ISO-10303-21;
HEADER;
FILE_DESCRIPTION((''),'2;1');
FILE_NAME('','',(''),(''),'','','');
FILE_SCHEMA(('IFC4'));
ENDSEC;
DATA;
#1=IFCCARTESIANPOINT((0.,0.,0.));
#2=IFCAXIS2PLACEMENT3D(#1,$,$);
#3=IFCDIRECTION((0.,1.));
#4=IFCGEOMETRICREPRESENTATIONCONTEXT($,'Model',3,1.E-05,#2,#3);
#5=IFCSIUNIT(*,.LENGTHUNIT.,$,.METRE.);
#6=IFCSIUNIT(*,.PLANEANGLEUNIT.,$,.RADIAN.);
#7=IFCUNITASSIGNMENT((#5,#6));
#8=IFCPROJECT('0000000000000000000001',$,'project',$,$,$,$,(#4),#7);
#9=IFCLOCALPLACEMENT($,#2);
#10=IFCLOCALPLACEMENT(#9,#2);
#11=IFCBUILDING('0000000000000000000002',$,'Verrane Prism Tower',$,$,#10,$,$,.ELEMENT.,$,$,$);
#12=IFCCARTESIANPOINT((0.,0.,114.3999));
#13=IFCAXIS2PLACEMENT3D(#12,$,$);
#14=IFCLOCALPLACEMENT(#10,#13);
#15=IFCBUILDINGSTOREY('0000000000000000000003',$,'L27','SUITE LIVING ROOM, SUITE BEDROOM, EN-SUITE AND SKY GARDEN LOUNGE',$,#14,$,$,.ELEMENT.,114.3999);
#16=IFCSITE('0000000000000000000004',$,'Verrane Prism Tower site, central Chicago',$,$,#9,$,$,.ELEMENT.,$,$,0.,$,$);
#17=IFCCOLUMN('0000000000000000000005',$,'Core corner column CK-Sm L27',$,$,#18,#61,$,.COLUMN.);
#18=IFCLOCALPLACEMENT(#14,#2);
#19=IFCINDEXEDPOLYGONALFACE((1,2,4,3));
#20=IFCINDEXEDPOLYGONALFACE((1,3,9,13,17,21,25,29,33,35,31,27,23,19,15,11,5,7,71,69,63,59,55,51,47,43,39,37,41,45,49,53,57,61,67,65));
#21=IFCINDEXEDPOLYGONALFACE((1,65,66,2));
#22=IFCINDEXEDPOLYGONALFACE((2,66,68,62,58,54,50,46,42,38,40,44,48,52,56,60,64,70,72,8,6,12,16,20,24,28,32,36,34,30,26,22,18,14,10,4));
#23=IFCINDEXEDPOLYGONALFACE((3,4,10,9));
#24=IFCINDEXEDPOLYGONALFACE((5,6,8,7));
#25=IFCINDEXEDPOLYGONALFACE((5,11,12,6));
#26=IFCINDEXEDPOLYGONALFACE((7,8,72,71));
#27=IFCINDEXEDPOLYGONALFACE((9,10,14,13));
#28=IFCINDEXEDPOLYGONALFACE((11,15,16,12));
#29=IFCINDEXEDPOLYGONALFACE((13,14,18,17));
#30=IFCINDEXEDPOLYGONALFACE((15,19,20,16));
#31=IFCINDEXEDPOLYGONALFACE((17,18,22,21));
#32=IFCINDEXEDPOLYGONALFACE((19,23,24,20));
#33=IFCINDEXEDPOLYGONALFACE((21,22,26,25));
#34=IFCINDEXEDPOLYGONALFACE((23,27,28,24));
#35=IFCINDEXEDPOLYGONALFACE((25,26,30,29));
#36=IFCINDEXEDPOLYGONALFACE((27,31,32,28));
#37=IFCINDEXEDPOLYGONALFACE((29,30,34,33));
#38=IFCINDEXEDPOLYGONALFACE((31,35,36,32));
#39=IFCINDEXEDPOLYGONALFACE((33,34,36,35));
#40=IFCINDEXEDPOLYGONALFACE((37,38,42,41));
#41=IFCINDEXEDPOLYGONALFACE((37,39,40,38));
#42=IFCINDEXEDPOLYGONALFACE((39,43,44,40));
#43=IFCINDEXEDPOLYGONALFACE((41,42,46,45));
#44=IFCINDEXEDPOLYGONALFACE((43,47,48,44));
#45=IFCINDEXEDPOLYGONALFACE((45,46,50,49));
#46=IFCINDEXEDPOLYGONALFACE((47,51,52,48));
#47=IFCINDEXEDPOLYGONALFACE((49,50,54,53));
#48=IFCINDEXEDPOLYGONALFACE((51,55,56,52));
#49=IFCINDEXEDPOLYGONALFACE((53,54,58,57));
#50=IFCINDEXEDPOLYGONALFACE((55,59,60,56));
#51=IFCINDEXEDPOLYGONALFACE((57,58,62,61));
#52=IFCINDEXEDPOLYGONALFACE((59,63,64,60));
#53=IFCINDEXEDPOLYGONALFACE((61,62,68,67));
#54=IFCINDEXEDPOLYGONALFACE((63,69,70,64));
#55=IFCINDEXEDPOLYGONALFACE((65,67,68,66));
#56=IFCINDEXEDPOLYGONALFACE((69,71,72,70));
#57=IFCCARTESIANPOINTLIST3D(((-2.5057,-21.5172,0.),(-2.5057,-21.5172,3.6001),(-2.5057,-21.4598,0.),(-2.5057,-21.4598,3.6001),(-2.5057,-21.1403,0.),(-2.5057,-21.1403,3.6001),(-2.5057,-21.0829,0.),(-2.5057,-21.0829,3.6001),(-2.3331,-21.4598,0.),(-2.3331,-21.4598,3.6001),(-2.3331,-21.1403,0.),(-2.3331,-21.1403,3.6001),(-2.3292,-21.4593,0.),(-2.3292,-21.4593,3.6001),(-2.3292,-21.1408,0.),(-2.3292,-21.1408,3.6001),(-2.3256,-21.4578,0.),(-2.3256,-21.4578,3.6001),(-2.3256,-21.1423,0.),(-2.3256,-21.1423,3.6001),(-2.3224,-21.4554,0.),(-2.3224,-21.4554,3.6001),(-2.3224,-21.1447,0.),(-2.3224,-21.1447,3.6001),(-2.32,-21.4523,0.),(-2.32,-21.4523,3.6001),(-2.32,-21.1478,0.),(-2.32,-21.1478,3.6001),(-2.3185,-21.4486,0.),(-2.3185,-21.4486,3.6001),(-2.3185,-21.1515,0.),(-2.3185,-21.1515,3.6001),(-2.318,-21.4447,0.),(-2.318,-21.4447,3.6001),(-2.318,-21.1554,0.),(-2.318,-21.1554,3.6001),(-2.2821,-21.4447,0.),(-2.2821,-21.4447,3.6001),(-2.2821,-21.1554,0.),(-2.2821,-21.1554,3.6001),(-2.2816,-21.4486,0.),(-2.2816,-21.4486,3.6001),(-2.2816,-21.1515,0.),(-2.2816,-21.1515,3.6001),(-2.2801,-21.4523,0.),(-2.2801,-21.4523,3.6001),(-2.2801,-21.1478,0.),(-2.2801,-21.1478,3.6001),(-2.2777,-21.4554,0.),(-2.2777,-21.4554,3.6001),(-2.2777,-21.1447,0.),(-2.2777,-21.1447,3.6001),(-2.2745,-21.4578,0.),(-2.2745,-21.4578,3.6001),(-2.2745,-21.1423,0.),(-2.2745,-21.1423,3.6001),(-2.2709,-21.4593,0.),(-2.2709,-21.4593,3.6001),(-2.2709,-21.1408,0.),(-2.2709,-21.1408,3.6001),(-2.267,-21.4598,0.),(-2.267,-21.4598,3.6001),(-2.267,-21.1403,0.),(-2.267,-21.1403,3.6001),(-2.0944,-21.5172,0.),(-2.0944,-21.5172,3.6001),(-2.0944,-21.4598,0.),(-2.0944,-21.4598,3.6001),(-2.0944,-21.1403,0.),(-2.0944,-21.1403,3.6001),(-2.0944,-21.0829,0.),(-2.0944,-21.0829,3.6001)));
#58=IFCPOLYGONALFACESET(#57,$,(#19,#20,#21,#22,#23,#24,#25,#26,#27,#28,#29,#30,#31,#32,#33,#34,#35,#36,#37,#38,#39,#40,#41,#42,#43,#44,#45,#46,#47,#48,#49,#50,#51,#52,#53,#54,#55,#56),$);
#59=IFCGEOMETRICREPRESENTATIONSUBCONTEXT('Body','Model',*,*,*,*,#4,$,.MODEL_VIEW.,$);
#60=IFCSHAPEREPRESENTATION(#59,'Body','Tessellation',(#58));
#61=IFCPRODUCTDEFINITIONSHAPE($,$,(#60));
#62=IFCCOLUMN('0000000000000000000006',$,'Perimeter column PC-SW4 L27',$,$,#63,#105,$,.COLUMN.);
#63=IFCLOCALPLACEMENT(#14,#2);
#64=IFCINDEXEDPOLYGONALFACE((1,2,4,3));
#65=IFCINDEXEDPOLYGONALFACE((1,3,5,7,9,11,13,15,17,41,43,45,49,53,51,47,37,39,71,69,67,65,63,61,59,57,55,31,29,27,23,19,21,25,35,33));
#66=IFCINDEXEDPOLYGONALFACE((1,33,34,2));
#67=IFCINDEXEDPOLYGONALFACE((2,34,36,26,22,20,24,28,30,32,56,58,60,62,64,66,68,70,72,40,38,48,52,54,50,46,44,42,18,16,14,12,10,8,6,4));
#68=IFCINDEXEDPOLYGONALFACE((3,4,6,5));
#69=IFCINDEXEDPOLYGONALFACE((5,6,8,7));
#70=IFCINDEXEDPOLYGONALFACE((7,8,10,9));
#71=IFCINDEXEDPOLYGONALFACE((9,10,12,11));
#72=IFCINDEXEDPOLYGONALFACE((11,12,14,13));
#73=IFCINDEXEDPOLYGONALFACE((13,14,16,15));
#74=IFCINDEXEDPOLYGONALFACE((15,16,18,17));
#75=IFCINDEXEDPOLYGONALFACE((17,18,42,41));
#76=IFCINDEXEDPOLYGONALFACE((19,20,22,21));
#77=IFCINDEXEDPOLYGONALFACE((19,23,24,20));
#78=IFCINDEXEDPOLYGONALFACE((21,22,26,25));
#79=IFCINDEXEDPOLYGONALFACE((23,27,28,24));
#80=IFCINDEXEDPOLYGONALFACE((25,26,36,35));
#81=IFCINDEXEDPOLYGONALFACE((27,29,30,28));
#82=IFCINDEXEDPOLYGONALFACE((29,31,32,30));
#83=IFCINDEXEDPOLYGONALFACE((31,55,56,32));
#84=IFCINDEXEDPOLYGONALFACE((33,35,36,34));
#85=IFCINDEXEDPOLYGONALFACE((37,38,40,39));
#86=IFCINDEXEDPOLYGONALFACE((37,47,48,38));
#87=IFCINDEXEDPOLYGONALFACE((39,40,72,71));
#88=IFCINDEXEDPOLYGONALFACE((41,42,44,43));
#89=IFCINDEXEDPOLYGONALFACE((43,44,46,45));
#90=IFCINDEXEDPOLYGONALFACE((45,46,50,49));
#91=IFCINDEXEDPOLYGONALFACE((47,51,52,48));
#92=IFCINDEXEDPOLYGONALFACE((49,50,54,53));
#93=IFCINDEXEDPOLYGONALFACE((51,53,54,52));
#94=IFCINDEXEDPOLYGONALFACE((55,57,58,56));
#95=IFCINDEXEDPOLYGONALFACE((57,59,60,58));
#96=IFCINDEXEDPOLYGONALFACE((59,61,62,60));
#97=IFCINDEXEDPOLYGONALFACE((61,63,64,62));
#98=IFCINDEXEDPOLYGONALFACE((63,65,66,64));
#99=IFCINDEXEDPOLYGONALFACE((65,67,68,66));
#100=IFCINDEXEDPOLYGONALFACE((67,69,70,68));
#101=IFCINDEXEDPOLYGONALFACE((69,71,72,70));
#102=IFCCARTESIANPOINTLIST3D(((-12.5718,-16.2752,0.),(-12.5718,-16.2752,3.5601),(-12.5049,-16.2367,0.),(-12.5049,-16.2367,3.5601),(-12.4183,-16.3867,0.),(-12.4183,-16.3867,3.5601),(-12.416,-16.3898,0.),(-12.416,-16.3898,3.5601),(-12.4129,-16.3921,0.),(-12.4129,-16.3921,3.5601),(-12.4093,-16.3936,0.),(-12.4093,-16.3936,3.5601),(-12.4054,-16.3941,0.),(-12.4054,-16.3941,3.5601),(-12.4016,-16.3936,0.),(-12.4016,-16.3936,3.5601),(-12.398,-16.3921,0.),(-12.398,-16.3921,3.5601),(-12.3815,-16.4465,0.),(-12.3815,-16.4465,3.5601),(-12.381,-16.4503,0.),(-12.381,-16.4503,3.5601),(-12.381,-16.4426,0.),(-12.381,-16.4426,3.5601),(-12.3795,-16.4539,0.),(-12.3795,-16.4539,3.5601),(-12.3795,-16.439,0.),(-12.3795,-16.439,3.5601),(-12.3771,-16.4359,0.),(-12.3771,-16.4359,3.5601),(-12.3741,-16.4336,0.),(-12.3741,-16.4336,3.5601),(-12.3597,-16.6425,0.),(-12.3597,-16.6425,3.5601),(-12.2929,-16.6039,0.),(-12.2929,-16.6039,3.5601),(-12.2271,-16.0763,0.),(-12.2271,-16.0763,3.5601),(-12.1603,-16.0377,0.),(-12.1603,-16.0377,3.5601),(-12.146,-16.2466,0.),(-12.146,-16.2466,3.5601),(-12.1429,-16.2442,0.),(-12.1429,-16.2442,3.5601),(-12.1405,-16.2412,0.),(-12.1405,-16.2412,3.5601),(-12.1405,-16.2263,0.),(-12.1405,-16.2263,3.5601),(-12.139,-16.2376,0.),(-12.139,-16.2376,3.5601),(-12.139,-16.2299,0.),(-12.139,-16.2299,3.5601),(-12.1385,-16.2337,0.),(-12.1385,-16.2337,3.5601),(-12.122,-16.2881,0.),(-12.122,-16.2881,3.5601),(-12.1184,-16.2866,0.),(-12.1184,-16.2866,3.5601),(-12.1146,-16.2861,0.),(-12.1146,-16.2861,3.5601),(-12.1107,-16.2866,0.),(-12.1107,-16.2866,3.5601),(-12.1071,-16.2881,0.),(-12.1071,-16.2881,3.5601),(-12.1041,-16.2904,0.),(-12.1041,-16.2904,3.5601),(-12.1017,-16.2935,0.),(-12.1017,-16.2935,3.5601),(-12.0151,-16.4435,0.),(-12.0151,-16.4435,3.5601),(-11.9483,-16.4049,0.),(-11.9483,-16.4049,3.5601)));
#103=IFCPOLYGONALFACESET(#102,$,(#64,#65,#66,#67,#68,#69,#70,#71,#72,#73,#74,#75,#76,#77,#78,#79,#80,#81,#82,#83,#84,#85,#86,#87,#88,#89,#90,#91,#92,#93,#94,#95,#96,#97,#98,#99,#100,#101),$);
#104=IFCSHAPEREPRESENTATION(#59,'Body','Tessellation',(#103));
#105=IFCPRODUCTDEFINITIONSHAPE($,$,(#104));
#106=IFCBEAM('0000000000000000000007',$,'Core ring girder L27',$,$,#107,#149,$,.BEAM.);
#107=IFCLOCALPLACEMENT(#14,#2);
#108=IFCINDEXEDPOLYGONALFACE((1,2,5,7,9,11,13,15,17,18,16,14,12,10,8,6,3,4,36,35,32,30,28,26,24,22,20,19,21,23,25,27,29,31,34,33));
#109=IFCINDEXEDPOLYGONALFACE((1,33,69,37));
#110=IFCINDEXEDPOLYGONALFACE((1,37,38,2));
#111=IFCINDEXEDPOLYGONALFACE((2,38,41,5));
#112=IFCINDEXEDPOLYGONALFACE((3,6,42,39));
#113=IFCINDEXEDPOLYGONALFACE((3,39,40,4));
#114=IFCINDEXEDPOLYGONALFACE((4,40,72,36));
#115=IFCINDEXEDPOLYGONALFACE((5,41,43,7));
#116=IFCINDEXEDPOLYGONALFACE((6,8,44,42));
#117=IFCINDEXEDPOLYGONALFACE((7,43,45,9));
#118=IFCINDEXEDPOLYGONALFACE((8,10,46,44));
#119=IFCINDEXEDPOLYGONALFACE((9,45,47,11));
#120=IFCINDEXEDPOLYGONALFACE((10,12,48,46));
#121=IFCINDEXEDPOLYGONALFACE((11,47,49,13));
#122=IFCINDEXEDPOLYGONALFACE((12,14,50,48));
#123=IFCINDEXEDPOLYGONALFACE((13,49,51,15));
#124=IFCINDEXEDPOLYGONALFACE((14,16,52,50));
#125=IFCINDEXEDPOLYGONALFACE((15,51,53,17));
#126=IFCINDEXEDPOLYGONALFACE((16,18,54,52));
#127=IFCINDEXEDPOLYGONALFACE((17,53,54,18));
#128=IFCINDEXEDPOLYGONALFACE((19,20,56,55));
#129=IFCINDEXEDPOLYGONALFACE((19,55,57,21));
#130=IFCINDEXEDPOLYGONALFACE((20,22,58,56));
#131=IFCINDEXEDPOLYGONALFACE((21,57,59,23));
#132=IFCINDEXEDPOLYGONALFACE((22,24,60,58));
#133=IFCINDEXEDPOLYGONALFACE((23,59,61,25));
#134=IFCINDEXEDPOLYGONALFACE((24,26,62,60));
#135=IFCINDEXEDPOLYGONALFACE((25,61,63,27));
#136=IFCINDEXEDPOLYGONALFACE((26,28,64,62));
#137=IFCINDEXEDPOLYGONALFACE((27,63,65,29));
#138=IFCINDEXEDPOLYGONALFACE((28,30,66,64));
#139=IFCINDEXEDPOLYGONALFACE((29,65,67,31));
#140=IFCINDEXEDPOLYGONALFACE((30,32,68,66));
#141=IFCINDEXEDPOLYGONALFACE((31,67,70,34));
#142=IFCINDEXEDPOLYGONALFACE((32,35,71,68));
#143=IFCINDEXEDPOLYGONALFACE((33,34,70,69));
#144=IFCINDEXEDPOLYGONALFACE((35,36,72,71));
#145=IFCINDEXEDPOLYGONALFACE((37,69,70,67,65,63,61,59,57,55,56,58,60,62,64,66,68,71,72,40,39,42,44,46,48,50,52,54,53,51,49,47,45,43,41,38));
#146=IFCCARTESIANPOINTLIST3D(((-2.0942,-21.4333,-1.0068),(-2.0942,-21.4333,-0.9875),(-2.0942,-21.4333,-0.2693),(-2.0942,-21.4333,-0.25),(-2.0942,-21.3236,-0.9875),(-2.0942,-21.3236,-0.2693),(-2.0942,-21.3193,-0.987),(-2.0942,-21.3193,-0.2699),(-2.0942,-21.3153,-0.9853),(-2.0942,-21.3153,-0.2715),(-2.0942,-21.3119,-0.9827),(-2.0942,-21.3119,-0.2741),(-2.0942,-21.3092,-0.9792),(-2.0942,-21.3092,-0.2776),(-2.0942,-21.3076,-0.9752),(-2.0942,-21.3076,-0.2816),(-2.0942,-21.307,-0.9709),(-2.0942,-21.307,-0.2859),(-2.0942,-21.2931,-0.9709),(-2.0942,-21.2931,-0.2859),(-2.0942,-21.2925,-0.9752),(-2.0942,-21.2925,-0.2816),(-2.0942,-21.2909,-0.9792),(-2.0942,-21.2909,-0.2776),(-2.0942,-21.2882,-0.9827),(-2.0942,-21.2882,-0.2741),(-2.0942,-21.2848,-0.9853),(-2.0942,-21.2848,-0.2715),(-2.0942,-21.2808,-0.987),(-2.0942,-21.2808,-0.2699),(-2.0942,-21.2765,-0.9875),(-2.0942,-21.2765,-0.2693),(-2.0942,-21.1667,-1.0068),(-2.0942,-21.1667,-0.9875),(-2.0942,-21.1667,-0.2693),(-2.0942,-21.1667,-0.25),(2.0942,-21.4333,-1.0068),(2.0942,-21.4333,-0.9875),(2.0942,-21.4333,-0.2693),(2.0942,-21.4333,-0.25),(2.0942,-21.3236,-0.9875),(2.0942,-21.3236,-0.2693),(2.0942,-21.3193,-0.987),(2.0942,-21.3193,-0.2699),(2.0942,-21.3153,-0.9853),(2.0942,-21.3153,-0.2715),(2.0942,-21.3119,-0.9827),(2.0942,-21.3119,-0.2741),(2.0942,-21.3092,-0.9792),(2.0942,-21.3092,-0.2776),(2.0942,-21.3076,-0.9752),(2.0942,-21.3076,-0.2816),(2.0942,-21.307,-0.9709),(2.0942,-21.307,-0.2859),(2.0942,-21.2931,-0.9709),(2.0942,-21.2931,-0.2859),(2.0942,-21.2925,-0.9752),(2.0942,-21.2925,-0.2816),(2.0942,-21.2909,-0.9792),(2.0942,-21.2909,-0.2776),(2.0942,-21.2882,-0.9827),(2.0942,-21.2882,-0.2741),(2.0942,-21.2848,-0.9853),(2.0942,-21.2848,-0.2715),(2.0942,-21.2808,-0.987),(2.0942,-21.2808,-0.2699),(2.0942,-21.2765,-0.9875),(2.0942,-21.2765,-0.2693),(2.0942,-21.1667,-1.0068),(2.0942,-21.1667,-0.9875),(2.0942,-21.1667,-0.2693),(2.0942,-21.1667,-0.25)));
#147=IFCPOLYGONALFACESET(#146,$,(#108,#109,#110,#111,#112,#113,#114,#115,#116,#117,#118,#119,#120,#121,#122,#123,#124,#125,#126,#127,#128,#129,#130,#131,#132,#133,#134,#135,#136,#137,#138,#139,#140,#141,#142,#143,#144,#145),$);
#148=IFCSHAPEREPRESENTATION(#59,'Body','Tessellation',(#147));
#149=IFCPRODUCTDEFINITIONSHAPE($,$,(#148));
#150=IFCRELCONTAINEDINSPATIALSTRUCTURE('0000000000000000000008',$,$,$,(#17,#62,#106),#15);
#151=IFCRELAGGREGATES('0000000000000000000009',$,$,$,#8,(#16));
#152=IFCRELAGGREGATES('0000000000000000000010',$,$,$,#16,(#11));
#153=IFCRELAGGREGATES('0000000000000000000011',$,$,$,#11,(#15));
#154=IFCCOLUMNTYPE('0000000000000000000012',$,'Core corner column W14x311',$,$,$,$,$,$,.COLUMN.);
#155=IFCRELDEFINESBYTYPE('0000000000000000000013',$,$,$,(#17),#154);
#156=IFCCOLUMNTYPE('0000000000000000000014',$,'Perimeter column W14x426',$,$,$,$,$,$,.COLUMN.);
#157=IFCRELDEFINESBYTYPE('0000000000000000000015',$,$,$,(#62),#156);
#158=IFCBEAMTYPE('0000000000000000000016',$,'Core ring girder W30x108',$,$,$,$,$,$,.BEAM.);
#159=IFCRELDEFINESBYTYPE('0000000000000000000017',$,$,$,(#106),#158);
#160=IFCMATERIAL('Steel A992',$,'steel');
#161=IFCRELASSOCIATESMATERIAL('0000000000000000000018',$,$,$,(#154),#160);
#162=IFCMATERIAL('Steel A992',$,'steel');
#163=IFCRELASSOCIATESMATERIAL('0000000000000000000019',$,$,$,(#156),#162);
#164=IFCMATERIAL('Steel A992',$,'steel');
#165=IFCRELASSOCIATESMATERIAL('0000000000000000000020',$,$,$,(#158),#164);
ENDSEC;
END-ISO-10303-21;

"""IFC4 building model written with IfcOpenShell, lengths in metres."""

from ifc_helpers import new_model, si_unit, direction, frame, origin, origin_2d, place, context, subcontext, project, spatial, i_section, extrude, material, material_profile, profile_set, type_object, element, save


model = new_model("IFC4")

# Units and contexts
model_context = context("Model", 3, precision=1e-05, world=origin(), true_north=direction((0.0, 1.0)))
body_context = subcontext(model_context, "Body", "Model", "MODEL_VIEW")
ifc_project = project(units=[si_unit("LENGTHUNIT", "METRE"), si_unit("PLANEANGLEUNIT", "RADIAN")], contexts=[model_context])

# Site, building, storey
site_placement = place(None, origin())
site = spatial("IfcSite", under=ifc_project, at=site_placement, Name="Verrane Prism Tower site, central Chicago", CompositionType="ELEMENT", RefElevation=0.0)
building_placement = place(site_placement, origin())
building = spatial("IfcBuilding", under=site, at=building_placement, Name="Verrane Prism Tower", CompositionType="ELEMENT")
storey_placement = place(building_placement, frame((0.0, 0.0, 114.3999)))
storey = spatial("IfcBuildingStorey", under=building, at=storey_placement, Name="L27", Description="SUITE LIVING ROOM, SUITE BEDROOM, EN-SUITE AND SKY GARDEN LOUNGE", CompositionType="ELEMENT", Elevation=114.3999)

# Columns
ifc_material_1 = material(Name="Steel A992", Category="steel")
ifc_material_profile_1 = material_profile(ifc_material_1, i_section(OverallWidth=0.4114, OverallDepth=0.4343, WebThickness=0.0359, FlangeThickness=0.0574, FilletRadius=0.0151, at=origin_2d()), Name="W14x311")
ifc_profile_set_1 = profile_set([ifc_material_profile_1], Name="Steel A992")
column_type_1 = type_object("IfcColumnType", Name="Core corner column W14x311", PredefinedType="COLUMN", material=ifc_profile_set_1)
column_1_placement = place(storey_placement, frame((-2.3, -21.3, 0.0), z_axis=(0.0, 0.0, 1.0), x_axis=(-1.0, 0.0, 0.0)))
element("IfcColumn", 1, at=column_1_placement, inside=storey, type_object=column_type_1, Name="Core corner column CK-Sm L27", PredefinedType="COLUMN", context=body_context, shape_type="SweptSolid", body=[
    extrude(i_section(OverallWidth=0.4114, OverallDepth=0.4343, WebThickness=0.0359, FlangeThickness=0.0574, FilletRadius=0.0151, at=origin_2d()), origin(), (0.0, 0.0, 1.0), 3.6001),
])
ifc_material_2 = material(Name="Steel A992", Category="steel")
ifc_material_profile_2 = material_profile(ifc_material_2, i_section(OverallWidth=0.4241, OverallDepth=0.4751, WebThickness=0.0479, FlangeThickness=0.0771, FilletRadius=0.0149, at=origin_2d()), Name="W14x426")
ifc_profile_set_2 = profile_set([ifc_material_profile_2], Name="Steel A992")
column_type_2 = type_object("IfcColumnType", Name="Perimeter column W14x426", PredefinedType="COLUMN", material=ifc_profile_set_2)
column_2_placement = place(storey_placement, frame((-12.26, -16.3401, 0.0), z_axis=(0.0, 0.0, 1.0), x_axis=(-0.5, 0.866025, 0.0)))
element("IfcColumn", 2, at=column_2_placement, inside=storey, type_object=column_type_2, Name="Perimeter column PC-SW4 L27", PredefinedType="COLUMN", context=body_context, shape_type="SweptSolid", body=[
    extrude(i_section(OverallWidth=0.4241, OverallDepth=0.4751, WebThickness=0.0479, FlangeThickness=0.0771, FilletRadius=0.0149, at=origin_2d()), origin(), (0.0, 0.0, 1.0), 3.5601),
])

# Beam
ifc_material_3 = material(Name="Steel A992", Category="steel")
ifc_material_profile_3 = material_profile(ifc_material_3, i_section(OverallWidth=0.2666, OverallDepth=0.7568, WebThickness=0.0139, FlangeThickness=0.0193, FilletRadius=0.0166, at=origin_2d()), Name="W30x108")
ifc_profile_set_3 = profile_set([ifc_material_profile_3], Name="Steel A992")
beam_type_1 = type_object("IfcBeamType", Name="Core ring girder W30x108", PredefinedType="BEAM", material=ifc_profile_set_3)
beam_1_placement = place(storey_placement, frame((-2.0942, -21.3, -0.6284), z_axis=(1.0, 0.0, 0.0), x_axis=(0.0, 1.0, 0.0)))
element("IfcBeam", 3, at=beam_1_placement, inside=storey, type_object=beam_type_1, Name="Core ring girder L27", PredefinedType="BEAM", context=body_context, shape_type="SweptSolid", body=[
    extrude(i_section(OverallWidth=0.2666, OverallDepth=0.7568, WebThickness=0.0139, FlangeThickness=0.0193, FilletRadius=0.0166, at=origin_2d()), origin(), (0.0, 0.0, 1.0), 4.1885),
])

save(model, "model.ifc")
